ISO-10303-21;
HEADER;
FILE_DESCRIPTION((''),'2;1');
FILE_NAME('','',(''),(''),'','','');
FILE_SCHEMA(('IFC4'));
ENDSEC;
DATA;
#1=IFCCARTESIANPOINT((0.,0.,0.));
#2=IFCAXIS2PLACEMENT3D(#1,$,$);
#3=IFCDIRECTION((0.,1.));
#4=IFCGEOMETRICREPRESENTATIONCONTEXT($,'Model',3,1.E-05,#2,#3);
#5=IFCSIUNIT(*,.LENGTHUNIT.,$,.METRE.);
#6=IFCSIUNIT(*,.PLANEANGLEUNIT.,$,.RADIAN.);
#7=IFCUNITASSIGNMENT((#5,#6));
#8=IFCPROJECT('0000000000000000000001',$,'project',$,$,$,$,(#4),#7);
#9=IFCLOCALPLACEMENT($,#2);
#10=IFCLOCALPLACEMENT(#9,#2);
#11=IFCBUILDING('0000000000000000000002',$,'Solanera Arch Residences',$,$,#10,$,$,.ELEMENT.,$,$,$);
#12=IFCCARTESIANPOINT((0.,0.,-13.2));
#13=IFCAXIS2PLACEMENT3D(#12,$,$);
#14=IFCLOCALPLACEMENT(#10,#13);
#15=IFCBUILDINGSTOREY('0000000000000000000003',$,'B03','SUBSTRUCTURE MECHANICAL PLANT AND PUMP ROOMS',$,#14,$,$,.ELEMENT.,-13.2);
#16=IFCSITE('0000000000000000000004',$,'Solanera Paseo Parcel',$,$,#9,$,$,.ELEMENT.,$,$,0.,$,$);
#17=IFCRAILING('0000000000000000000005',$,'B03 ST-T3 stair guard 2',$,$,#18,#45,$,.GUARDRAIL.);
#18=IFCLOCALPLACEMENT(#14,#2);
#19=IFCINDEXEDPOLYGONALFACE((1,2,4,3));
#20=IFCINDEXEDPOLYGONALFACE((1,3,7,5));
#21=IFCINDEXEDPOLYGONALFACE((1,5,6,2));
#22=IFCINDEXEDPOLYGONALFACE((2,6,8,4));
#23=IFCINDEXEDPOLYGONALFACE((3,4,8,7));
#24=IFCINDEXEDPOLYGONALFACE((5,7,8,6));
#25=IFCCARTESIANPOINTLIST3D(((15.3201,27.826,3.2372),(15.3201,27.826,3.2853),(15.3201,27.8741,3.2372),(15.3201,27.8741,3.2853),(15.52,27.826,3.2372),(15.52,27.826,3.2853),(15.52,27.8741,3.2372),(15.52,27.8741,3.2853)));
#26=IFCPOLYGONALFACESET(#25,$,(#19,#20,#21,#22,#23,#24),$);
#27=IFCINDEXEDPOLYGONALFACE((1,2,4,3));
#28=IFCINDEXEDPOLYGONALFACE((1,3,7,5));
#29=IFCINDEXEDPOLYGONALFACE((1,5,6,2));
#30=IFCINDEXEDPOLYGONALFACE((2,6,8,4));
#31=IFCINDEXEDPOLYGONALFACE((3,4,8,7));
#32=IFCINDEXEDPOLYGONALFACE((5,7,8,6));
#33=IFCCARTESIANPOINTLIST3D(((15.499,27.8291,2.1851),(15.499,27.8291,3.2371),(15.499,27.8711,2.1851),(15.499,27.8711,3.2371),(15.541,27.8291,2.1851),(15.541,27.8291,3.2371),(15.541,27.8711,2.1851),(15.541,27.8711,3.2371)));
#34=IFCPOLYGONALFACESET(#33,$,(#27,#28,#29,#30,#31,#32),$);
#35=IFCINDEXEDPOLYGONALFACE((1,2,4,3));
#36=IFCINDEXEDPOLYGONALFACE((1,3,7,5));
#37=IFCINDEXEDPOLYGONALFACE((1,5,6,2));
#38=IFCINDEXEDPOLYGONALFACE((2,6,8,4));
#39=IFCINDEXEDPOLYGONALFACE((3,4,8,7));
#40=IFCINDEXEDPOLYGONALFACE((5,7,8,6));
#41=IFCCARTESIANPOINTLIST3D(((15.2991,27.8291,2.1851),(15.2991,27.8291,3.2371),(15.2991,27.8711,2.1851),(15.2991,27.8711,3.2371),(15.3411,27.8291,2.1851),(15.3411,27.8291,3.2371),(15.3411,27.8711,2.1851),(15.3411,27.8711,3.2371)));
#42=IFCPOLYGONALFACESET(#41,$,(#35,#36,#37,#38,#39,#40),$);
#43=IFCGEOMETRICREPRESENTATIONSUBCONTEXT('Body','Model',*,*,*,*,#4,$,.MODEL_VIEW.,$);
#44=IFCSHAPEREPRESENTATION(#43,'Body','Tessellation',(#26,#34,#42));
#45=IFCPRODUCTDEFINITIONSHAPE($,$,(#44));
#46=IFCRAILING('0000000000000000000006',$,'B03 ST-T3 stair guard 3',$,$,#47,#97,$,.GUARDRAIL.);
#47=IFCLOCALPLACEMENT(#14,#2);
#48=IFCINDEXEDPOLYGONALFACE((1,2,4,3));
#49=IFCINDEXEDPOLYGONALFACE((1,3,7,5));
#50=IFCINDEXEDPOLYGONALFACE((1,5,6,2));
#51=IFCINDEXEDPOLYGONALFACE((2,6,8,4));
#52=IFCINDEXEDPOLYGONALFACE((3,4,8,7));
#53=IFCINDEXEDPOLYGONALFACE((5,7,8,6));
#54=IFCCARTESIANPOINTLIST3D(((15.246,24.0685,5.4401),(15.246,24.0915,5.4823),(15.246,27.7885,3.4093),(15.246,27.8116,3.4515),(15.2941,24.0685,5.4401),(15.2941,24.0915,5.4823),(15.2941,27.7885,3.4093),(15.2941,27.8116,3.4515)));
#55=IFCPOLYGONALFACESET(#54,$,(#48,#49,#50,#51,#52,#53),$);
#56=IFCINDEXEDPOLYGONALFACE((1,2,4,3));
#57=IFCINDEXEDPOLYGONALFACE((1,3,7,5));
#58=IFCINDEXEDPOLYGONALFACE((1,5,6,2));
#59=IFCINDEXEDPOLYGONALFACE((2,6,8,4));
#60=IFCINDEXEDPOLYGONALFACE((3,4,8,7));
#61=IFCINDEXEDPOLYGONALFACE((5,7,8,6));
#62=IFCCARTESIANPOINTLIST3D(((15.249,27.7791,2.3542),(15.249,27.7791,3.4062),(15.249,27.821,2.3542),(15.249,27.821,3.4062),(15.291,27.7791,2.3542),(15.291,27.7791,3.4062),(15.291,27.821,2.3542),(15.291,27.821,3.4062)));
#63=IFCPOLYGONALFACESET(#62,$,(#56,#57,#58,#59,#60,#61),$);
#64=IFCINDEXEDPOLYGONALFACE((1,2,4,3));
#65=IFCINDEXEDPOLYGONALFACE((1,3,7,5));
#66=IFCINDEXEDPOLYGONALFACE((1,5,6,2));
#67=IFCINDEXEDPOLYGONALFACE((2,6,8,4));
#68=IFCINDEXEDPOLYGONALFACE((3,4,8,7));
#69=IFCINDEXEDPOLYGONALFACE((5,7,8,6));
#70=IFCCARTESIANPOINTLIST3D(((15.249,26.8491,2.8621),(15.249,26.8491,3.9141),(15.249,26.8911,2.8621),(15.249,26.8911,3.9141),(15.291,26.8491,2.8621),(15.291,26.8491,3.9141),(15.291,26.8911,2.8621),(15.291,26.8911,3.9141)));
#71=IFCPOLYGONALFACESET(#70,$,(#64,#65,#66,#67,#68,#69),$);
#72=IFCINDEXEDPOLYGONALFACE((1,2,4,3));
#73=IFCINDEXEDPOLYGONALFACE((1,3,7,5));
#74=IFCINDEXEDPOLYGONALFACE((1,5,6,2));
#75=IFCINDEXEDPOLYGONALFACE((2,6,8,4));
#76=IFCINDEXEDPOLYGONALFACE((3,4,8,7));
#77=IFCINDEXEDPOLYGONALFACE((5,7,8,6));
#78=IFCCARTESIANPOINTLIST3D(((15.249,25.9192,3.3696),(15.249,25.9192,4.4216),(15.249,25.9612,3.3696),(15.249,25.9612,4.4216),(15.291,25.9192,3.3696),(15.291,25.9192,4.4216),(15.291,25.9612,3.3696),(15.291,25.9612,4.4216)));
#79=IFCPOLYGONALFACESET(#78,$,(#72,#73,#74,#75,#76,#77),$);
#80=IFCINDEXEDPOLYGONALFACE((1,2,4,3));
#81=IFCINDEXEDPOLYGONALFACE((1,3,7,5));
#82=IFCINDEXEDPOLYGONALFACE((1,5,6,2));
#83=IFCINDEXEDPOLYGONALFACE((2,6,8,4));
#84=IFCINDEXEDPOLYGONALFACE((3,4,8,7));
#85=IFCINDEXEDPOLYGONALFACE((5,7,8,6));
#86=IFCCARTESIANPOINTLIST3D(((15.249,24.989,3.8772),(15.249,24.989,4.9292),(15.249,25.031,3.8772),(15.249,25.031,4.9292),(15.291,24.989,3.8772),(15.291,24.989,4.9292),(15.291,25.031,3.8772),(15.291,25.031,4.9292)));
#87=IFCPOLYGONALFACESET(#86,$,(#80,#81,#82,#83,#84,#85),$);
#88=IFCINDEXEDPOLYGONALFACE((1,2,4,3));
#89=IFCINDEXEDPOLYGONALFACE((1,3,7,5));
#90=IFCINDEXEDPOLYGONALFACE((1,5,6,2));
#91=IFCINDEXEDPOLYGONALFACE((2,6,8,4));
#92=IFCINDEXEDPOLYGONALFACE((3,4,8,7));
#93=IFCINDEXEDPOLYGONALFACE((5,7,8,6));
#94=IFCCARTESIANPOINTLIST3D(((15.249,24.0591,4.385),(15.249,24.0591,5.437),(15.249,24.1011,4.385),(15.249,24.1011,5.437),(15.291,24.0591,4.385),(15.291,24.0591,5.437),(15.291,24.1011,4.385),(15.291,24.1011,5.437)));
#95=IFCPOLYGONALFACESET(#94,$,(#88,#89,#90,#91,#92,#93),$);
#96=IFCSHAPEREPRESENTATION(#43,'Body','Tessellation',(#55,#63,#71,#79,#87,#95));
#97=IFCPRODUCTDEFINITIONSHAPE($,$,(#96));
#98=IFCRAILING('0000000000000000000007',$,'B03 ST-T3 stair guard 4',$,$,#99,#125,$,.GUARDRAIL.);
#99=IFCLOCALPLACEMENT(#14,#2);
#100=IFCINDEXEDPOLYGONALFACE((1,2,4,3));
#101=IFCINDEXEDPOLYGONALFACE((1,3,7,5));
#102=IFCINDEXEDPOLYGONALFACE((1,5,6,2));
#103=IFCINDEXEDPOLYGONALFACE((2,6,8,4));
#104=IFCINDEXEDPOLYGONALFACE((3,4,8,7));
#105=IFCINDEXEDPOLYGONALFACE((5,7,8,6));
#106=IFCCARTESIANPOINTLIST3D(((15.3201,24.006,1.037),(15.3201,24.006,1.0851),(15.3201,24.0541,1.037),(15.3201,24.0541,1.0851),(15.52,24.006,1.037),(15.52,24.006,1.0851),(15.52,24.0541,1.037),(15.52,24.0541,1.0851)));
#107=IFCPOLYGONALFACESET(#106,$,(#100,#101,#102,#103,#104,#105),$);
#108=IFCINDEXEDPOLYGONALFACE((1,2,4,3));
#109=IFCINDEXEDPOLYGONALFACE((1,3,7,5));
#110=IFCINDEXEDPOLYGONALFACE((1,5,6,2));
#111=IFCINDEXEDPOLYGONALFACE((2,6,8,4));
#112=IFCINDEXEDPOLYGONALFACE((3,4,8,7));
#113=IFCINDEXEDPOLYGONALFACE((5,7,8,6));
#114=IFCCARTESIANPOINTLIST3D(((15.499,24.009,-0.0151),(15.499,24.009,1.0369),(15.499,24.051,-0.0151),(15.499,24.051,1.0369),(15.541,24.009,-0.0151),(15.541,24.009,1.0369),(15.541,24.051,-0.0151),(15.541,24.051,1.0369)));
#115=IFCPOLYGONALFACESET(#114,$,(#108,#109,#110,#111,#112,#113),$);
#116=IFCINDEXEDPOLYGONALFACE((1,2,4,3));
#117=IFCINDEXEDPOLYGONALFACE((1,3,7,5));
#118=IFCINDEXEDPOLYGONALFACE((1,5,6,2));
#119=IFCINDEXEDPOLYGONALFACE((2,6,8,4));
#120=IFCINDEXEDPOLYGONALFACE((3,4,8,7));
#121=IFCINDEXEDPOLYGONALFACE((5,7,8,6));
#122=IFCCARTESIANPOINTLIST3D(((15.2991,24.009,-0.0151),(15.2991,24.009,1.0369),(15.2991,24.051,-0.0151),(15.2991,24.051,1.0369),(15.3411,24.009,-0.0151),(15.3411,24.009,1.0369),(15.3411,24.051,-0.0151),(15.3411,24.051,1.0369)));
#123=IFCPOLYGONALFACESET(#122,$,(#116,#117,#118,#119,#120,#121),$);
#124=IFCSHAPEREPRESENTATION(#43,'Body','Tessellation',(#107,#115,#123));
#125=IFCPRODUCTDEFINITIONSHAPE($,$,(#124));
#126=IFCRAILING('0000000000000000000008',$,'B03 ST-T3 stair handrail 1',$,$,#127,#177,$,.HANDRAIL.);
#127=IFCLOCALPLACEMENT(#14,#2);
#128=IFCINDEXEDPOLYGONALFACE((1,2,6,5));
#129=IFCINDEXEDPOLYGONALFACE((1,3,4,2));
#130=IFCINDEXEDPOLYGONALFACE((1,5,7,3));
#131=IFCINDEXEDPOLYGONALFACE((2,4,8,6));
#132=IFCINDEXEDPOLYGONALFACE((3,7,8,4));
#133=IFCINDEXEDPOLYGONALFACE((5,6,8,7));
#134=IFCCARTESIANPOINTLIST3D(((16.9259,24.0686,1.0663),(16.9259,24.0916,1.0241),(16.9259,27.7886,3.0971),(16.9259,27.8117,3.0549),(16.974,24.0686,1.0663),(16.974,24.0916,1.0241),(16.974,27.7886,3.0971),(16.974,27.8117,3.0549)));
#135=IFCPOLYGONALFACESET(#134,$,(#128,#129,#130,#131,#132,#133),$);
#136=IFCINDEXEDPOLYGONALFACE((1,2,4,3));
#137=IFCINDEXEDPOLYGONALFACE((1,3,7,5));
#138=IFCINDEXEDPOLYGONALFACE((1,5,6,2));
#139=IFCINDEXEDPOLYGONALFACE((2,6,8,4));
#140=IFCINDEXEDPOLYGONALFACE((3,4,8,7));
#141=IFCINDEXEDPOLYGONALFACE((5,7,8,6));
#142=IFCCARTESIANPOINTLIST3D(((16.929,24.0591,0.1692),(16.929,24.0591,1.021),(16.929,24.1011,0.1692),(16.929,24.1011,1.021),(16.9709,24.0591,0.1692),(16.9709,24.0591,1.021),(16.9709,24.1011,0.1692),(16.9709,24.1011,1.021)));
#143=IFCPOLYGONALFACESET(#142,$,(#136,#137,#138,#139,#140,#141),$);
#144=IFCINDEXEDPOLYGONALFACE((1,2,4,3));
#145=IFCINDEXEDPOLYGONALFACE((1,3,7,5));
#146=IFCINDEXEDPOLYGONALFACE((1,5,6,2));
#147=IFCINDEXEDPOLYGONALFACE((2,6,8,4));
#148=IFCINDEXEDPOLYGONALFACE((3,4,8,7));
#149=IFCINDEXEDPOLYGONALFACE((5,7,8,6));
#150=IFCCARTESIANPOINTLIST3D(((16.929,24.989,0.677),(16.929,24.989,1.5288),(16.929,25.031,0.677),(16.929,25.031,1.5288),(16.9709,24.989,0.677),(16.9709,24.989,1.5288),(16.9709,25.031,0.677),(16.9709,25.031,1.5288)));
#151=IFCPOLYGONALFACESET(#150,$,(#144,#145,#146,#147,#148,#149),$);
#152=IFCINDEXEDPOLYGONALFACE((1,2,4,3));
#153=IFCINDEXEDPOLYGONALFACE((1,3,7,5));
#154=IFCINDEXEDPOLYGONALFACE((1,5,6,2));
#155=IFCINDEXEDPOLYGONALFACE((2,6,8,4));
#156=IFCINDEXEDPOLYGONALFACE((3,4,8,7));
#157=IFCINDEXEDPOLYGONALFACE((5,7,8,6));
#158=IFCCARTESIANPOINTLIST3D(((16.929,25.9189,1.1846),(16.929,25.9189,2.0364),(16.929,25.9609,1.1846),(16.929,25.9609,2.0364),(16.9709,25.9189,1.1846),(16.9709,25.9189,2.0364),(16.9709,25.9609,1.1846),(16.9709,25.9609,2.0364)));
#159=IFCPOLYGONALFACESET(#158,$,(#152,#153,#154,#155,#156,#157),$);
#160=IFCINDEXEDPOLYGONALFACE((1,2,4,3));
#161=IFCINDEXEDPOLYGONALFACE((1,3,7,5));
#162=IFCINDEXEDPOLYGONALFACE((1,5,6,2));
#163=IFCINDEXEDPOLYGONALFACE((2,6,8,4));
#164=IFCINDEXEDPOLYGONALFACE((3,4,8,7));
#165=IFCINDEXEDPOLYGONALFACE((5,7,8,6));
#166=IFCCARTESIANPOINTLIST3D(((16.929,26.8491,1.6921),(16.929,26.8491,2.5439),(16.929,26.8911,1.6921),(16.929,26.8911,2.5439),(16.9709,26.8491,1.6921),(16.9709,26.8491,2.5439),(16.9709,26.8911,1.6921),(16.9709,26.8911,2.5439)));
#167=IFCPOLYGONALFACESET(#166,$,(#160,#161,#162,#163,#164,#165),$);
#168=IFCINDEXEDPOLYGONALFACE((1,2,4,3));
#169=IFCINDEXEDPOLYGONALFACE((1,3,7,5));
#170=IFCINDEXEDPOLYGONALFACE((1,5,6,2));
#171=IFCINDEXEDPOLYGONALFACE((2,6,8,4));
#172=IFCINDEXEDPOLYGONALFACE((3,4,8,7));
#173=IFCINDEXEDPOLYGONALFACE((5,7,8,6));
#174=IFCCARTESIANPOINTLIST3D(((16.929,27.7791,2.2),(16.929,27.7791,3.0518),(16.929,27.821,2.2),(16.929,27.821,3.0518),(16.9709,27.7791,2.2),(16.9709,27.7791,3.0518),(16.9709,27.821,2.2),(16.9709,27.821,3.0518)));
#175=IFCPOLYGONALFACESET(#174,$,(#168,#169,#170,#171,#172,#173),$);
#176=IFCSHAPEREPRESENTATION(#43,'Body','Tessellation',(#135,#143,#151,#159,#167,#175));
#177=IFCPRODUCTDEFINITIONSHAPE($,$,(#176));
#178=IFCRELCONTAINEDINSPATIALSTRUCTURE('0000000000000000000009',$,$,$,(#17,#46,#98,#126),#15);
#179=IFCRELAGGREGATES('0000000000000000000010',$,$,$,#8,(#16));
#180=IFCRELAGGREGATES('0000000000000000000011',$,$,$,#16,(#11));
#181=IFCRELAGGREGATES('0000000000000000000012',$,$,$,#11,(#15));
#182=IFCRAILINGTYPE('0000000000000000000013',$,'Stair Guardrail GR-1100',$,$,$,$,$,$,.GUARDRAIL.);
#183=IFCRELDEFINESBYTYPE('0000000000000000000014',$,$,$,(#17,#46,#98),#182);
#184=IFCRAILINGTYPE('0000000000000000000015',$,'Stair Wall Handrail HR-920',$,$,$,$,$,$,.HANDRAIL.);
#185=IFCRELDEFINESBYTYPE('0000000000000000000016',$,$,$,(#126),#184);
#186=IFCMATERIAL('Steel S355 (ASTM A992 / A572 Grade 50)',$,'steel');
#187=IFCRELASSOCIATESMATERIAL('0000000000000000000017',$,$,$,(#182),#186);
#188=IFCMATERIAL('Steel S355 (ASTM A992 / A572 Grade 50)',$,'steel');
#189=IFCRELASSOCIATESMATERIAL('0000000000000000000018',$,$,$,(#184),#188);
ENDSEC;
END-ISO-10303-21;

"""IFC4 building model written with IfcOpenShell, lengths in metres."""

from ifc_helpers import new_model, si_unit, direction, frame, origin, origin_2d, place, context, subcontext, project, spatial, rectangle, extrude, material, type_object, element, save


model = new_model("IFC4")

# Units and contexts
model_context = context("Model", 3, precision=1e-05, world=origin(), true_north=direction((0.0, 1.0)))
body_context = subcontext(model_context, "Body", "Model", "MODEL_VIEW")
ifc_project = project(units=[si_unit("LENGTHUNIT", "METRE"), si_unit("PLANEANGLEUNIT", "RADIAN")], contexts=[model_context])

# Site, building, storey
site_placement = place(None, origin())
site = spatial("IfcSite", under=ifc_project, at=site_placement, Name="Solanera Paseo Parcel", CompositionType="ELEMENT", RefElevation=0.0)
building_placement = place(site_placement, origin())
building = spatial("IfcBuilding", under=site, at=building_placement, Name="Solanera Arch Residences", CompositionType="ELEMENT")
storey_placement = place(building_placement, frame((0.0, 0.0, -13.2)))
storey = spatial("IfcBuildingStorey", under=building, at=storey_placement, Name="B03", Description="SUBSTRUCTURE MECHANICAL PLANT AND PUMP ROOMS", CompositionType="ELEMENT", Elevation=-13.2)

# Railings
ifc_material_1 = material(Name="Steel S355 (ASTM A992 / A572 Grade 50)", Category="steel")
railing_type_1 = type_object("IfcRailingType", Name="Stair Guardrail GR-1100", PredefinedType="GUARDRAIL", material=ifc_material_1)
railing_1_placement = place(storey_placement, frame((15.52, 27.8501, 2.1851)))
element("IfcRailing", 1, at=railing_1_placement, inside=storey, type_object=railing_type_1, Name="B03 ST-T3 stair guard 2", PredefinedType="GUARDRAIL", context=body_context, shape_type="SweptSolid", body=[
    extrude(rectangle(XDim=0.0481, YDim=0.0481, at=origin_2d()), frame((0.0, 0.0, 1.0762), z_axis=(-1.0, 0.0, 0.0), x_axis=(0.0, -1.0, 0.0)), (0.0, 0.0, 1.0), 0.2),
    extrude(rectangle(XDim=0.042, YDim=0.042, at=origin_2d()), origin(), (0.0, 0.0, 1.0), 1.052),
    extrude(rectangle(XDim=0.042, YDim=0.042, at=origin_2d()), frame((-0.2, 0.0, 0.0)), (0.0, 0.0, 1.0), 1.052),
])
railing_2_placement = place(storey_placement, frame((15.27, 27.8, 2.3542)))
element("IfcRailing", 2, at=railing_2_placement, inside=storey, type_object=railing_type_1, Name="B03 ST-T3 stair guard 3", PredefinedType="GUARDRAIL", context=body_context, shape_type="SweptSolid", body=[
    extrude(rectangle(XDim=0.0481, YDim=0.0481, at=origin_2d()), frame((0.0, 0.0, 1.0762), z_axis=(0.0, -0.877728, 0.479159), x_axis=(1.0, 0.0, 0.0)), (0.0, 0.0, 1.0), 4.2383),
    extrude(rectangle(XDim=0.042, YDim=0.042, at=origin_2d()), origin(), (0.0, 0.0, 1.0), 1.052),
    extrude(rectangle(XDim=0.042, YDim=0.042, at=origin_2d()), frame((0.0, -0.9299, 0.5078)), (0.0, 0.0, 1.0), 1.052),
    extrude(rectangle(XDim=0.042, YDim=0.042, at=origin_2d()), frame((0.0, -1.8599, 1.0154)), (0.0, 0.0, 1.0), 1.052),
    extrude(rectangle(XDim=0.042, YDim=0.042, at=origin_2d()), frame((0.0, -2.79, 1.5229)), (0.0, 0.0, 1.0), 1.052),
    extrude(rectangle(XDim=0.042, YDim=0.042, at=origin_2d()), frame((0.0, -3.72, 2.0308)), (0.0, 0.0, 1.0), 1.052),
])
railing_3_placement = place(storey_placement, frame((15.52, 24.03, -0.0151)))
element("IfcRailing", 3, at=railing_3_placement, inside=storey, type_object=railing_type_1, Name="B03 ST-T3 stair guard 4", PredefinedType="GUARDRAIL", context=body_context, shape_type="SweptSolid", body=[
    extrude(rectangle(XDim=0.0481, YDim=0.0481, at=origin_2d()), frame((0.0, 0.0, 1.0762), z_axis=(-1.0, 0.0, 0.0), x_axis=(0.0, -1.0, 0.0)), (0.0, 0.0, 1.0), 0.2),
    extrude(rectangle(XDim=0.042, YDim=0.042, at=origin_2d()), origin(), (0.0, 0.0, 1.0), 1.052),
    extrude(rectangle(XDim=0.042, YDim=0.042, at=origin_2d()), frame((-0.2, 0.0, 0.0)), (0.0, 0.0, 1.0), 1.052),
])
ifc_material_2 = material(Name="Steel S355 (ASTM A992 / A572 Grade 50)", Category="steel")
railing_type_2 = type_object("IfcRailingType", Name="Stair Wall Handrail HR-920", PredefinedType="HANDRAIL", material=ifc_material_2)
railing_4_placement = place(storey_placement, frame((16.95, 24.0801, 0.1692)))
element("IfcRailing", 4, at=railing_4_placement, inside=storey, type_object=railing_type_2, Name="B03 ST-T3 stair handrail 1", PredefinedType="HANDRAIL", context=body_context, shape_type="SweptSolid", body=[
    extrude(rectangle(XDim=0.0481, YDim=0.0481, at=origin_2d()), frame((0.0, 0.0, 0.876), z_axis=(0.0, 0.877728, 0.479159), x_axis=(-1.0, 0.0, 0.0)), (0.0, 0.0, 1.0), 4.2383),
    extrude(rectangle(XDim=0.042, YDim=0.042, at=origin_2d()), origin(), (0.0, 0.0, 1.0), 0.8518),
    extrude(rectangle(XDim=0.042, YDim=0.042, at=origin_2d()), frame((0.0, 0.9299, 0.5078)), (0.0, 0.0, 1.0), 0.8518),
    extrude(rectangle(XDim=0.042, YDim=0.042, at=origin_2d()), frame((0.0, 1.8599, 1.0154)), (0.0, 0.0, 1.0), 0.8518),
    extrude(rectangle(XDim=0.042, YDim=0.042, at=origin_2d()), frame((0.0, 2.79, 1.5229)), (0.0, 0.0, 1.0), 0.8518),
    extrude(rectangle(XDim=0.042, YDim=0.042, at=origin_2d()), frame((0.0, 3.72, 2.0308)), (0.0, 0.0, 1.0), 0.8518),
])

save(model, "model.ifc")
